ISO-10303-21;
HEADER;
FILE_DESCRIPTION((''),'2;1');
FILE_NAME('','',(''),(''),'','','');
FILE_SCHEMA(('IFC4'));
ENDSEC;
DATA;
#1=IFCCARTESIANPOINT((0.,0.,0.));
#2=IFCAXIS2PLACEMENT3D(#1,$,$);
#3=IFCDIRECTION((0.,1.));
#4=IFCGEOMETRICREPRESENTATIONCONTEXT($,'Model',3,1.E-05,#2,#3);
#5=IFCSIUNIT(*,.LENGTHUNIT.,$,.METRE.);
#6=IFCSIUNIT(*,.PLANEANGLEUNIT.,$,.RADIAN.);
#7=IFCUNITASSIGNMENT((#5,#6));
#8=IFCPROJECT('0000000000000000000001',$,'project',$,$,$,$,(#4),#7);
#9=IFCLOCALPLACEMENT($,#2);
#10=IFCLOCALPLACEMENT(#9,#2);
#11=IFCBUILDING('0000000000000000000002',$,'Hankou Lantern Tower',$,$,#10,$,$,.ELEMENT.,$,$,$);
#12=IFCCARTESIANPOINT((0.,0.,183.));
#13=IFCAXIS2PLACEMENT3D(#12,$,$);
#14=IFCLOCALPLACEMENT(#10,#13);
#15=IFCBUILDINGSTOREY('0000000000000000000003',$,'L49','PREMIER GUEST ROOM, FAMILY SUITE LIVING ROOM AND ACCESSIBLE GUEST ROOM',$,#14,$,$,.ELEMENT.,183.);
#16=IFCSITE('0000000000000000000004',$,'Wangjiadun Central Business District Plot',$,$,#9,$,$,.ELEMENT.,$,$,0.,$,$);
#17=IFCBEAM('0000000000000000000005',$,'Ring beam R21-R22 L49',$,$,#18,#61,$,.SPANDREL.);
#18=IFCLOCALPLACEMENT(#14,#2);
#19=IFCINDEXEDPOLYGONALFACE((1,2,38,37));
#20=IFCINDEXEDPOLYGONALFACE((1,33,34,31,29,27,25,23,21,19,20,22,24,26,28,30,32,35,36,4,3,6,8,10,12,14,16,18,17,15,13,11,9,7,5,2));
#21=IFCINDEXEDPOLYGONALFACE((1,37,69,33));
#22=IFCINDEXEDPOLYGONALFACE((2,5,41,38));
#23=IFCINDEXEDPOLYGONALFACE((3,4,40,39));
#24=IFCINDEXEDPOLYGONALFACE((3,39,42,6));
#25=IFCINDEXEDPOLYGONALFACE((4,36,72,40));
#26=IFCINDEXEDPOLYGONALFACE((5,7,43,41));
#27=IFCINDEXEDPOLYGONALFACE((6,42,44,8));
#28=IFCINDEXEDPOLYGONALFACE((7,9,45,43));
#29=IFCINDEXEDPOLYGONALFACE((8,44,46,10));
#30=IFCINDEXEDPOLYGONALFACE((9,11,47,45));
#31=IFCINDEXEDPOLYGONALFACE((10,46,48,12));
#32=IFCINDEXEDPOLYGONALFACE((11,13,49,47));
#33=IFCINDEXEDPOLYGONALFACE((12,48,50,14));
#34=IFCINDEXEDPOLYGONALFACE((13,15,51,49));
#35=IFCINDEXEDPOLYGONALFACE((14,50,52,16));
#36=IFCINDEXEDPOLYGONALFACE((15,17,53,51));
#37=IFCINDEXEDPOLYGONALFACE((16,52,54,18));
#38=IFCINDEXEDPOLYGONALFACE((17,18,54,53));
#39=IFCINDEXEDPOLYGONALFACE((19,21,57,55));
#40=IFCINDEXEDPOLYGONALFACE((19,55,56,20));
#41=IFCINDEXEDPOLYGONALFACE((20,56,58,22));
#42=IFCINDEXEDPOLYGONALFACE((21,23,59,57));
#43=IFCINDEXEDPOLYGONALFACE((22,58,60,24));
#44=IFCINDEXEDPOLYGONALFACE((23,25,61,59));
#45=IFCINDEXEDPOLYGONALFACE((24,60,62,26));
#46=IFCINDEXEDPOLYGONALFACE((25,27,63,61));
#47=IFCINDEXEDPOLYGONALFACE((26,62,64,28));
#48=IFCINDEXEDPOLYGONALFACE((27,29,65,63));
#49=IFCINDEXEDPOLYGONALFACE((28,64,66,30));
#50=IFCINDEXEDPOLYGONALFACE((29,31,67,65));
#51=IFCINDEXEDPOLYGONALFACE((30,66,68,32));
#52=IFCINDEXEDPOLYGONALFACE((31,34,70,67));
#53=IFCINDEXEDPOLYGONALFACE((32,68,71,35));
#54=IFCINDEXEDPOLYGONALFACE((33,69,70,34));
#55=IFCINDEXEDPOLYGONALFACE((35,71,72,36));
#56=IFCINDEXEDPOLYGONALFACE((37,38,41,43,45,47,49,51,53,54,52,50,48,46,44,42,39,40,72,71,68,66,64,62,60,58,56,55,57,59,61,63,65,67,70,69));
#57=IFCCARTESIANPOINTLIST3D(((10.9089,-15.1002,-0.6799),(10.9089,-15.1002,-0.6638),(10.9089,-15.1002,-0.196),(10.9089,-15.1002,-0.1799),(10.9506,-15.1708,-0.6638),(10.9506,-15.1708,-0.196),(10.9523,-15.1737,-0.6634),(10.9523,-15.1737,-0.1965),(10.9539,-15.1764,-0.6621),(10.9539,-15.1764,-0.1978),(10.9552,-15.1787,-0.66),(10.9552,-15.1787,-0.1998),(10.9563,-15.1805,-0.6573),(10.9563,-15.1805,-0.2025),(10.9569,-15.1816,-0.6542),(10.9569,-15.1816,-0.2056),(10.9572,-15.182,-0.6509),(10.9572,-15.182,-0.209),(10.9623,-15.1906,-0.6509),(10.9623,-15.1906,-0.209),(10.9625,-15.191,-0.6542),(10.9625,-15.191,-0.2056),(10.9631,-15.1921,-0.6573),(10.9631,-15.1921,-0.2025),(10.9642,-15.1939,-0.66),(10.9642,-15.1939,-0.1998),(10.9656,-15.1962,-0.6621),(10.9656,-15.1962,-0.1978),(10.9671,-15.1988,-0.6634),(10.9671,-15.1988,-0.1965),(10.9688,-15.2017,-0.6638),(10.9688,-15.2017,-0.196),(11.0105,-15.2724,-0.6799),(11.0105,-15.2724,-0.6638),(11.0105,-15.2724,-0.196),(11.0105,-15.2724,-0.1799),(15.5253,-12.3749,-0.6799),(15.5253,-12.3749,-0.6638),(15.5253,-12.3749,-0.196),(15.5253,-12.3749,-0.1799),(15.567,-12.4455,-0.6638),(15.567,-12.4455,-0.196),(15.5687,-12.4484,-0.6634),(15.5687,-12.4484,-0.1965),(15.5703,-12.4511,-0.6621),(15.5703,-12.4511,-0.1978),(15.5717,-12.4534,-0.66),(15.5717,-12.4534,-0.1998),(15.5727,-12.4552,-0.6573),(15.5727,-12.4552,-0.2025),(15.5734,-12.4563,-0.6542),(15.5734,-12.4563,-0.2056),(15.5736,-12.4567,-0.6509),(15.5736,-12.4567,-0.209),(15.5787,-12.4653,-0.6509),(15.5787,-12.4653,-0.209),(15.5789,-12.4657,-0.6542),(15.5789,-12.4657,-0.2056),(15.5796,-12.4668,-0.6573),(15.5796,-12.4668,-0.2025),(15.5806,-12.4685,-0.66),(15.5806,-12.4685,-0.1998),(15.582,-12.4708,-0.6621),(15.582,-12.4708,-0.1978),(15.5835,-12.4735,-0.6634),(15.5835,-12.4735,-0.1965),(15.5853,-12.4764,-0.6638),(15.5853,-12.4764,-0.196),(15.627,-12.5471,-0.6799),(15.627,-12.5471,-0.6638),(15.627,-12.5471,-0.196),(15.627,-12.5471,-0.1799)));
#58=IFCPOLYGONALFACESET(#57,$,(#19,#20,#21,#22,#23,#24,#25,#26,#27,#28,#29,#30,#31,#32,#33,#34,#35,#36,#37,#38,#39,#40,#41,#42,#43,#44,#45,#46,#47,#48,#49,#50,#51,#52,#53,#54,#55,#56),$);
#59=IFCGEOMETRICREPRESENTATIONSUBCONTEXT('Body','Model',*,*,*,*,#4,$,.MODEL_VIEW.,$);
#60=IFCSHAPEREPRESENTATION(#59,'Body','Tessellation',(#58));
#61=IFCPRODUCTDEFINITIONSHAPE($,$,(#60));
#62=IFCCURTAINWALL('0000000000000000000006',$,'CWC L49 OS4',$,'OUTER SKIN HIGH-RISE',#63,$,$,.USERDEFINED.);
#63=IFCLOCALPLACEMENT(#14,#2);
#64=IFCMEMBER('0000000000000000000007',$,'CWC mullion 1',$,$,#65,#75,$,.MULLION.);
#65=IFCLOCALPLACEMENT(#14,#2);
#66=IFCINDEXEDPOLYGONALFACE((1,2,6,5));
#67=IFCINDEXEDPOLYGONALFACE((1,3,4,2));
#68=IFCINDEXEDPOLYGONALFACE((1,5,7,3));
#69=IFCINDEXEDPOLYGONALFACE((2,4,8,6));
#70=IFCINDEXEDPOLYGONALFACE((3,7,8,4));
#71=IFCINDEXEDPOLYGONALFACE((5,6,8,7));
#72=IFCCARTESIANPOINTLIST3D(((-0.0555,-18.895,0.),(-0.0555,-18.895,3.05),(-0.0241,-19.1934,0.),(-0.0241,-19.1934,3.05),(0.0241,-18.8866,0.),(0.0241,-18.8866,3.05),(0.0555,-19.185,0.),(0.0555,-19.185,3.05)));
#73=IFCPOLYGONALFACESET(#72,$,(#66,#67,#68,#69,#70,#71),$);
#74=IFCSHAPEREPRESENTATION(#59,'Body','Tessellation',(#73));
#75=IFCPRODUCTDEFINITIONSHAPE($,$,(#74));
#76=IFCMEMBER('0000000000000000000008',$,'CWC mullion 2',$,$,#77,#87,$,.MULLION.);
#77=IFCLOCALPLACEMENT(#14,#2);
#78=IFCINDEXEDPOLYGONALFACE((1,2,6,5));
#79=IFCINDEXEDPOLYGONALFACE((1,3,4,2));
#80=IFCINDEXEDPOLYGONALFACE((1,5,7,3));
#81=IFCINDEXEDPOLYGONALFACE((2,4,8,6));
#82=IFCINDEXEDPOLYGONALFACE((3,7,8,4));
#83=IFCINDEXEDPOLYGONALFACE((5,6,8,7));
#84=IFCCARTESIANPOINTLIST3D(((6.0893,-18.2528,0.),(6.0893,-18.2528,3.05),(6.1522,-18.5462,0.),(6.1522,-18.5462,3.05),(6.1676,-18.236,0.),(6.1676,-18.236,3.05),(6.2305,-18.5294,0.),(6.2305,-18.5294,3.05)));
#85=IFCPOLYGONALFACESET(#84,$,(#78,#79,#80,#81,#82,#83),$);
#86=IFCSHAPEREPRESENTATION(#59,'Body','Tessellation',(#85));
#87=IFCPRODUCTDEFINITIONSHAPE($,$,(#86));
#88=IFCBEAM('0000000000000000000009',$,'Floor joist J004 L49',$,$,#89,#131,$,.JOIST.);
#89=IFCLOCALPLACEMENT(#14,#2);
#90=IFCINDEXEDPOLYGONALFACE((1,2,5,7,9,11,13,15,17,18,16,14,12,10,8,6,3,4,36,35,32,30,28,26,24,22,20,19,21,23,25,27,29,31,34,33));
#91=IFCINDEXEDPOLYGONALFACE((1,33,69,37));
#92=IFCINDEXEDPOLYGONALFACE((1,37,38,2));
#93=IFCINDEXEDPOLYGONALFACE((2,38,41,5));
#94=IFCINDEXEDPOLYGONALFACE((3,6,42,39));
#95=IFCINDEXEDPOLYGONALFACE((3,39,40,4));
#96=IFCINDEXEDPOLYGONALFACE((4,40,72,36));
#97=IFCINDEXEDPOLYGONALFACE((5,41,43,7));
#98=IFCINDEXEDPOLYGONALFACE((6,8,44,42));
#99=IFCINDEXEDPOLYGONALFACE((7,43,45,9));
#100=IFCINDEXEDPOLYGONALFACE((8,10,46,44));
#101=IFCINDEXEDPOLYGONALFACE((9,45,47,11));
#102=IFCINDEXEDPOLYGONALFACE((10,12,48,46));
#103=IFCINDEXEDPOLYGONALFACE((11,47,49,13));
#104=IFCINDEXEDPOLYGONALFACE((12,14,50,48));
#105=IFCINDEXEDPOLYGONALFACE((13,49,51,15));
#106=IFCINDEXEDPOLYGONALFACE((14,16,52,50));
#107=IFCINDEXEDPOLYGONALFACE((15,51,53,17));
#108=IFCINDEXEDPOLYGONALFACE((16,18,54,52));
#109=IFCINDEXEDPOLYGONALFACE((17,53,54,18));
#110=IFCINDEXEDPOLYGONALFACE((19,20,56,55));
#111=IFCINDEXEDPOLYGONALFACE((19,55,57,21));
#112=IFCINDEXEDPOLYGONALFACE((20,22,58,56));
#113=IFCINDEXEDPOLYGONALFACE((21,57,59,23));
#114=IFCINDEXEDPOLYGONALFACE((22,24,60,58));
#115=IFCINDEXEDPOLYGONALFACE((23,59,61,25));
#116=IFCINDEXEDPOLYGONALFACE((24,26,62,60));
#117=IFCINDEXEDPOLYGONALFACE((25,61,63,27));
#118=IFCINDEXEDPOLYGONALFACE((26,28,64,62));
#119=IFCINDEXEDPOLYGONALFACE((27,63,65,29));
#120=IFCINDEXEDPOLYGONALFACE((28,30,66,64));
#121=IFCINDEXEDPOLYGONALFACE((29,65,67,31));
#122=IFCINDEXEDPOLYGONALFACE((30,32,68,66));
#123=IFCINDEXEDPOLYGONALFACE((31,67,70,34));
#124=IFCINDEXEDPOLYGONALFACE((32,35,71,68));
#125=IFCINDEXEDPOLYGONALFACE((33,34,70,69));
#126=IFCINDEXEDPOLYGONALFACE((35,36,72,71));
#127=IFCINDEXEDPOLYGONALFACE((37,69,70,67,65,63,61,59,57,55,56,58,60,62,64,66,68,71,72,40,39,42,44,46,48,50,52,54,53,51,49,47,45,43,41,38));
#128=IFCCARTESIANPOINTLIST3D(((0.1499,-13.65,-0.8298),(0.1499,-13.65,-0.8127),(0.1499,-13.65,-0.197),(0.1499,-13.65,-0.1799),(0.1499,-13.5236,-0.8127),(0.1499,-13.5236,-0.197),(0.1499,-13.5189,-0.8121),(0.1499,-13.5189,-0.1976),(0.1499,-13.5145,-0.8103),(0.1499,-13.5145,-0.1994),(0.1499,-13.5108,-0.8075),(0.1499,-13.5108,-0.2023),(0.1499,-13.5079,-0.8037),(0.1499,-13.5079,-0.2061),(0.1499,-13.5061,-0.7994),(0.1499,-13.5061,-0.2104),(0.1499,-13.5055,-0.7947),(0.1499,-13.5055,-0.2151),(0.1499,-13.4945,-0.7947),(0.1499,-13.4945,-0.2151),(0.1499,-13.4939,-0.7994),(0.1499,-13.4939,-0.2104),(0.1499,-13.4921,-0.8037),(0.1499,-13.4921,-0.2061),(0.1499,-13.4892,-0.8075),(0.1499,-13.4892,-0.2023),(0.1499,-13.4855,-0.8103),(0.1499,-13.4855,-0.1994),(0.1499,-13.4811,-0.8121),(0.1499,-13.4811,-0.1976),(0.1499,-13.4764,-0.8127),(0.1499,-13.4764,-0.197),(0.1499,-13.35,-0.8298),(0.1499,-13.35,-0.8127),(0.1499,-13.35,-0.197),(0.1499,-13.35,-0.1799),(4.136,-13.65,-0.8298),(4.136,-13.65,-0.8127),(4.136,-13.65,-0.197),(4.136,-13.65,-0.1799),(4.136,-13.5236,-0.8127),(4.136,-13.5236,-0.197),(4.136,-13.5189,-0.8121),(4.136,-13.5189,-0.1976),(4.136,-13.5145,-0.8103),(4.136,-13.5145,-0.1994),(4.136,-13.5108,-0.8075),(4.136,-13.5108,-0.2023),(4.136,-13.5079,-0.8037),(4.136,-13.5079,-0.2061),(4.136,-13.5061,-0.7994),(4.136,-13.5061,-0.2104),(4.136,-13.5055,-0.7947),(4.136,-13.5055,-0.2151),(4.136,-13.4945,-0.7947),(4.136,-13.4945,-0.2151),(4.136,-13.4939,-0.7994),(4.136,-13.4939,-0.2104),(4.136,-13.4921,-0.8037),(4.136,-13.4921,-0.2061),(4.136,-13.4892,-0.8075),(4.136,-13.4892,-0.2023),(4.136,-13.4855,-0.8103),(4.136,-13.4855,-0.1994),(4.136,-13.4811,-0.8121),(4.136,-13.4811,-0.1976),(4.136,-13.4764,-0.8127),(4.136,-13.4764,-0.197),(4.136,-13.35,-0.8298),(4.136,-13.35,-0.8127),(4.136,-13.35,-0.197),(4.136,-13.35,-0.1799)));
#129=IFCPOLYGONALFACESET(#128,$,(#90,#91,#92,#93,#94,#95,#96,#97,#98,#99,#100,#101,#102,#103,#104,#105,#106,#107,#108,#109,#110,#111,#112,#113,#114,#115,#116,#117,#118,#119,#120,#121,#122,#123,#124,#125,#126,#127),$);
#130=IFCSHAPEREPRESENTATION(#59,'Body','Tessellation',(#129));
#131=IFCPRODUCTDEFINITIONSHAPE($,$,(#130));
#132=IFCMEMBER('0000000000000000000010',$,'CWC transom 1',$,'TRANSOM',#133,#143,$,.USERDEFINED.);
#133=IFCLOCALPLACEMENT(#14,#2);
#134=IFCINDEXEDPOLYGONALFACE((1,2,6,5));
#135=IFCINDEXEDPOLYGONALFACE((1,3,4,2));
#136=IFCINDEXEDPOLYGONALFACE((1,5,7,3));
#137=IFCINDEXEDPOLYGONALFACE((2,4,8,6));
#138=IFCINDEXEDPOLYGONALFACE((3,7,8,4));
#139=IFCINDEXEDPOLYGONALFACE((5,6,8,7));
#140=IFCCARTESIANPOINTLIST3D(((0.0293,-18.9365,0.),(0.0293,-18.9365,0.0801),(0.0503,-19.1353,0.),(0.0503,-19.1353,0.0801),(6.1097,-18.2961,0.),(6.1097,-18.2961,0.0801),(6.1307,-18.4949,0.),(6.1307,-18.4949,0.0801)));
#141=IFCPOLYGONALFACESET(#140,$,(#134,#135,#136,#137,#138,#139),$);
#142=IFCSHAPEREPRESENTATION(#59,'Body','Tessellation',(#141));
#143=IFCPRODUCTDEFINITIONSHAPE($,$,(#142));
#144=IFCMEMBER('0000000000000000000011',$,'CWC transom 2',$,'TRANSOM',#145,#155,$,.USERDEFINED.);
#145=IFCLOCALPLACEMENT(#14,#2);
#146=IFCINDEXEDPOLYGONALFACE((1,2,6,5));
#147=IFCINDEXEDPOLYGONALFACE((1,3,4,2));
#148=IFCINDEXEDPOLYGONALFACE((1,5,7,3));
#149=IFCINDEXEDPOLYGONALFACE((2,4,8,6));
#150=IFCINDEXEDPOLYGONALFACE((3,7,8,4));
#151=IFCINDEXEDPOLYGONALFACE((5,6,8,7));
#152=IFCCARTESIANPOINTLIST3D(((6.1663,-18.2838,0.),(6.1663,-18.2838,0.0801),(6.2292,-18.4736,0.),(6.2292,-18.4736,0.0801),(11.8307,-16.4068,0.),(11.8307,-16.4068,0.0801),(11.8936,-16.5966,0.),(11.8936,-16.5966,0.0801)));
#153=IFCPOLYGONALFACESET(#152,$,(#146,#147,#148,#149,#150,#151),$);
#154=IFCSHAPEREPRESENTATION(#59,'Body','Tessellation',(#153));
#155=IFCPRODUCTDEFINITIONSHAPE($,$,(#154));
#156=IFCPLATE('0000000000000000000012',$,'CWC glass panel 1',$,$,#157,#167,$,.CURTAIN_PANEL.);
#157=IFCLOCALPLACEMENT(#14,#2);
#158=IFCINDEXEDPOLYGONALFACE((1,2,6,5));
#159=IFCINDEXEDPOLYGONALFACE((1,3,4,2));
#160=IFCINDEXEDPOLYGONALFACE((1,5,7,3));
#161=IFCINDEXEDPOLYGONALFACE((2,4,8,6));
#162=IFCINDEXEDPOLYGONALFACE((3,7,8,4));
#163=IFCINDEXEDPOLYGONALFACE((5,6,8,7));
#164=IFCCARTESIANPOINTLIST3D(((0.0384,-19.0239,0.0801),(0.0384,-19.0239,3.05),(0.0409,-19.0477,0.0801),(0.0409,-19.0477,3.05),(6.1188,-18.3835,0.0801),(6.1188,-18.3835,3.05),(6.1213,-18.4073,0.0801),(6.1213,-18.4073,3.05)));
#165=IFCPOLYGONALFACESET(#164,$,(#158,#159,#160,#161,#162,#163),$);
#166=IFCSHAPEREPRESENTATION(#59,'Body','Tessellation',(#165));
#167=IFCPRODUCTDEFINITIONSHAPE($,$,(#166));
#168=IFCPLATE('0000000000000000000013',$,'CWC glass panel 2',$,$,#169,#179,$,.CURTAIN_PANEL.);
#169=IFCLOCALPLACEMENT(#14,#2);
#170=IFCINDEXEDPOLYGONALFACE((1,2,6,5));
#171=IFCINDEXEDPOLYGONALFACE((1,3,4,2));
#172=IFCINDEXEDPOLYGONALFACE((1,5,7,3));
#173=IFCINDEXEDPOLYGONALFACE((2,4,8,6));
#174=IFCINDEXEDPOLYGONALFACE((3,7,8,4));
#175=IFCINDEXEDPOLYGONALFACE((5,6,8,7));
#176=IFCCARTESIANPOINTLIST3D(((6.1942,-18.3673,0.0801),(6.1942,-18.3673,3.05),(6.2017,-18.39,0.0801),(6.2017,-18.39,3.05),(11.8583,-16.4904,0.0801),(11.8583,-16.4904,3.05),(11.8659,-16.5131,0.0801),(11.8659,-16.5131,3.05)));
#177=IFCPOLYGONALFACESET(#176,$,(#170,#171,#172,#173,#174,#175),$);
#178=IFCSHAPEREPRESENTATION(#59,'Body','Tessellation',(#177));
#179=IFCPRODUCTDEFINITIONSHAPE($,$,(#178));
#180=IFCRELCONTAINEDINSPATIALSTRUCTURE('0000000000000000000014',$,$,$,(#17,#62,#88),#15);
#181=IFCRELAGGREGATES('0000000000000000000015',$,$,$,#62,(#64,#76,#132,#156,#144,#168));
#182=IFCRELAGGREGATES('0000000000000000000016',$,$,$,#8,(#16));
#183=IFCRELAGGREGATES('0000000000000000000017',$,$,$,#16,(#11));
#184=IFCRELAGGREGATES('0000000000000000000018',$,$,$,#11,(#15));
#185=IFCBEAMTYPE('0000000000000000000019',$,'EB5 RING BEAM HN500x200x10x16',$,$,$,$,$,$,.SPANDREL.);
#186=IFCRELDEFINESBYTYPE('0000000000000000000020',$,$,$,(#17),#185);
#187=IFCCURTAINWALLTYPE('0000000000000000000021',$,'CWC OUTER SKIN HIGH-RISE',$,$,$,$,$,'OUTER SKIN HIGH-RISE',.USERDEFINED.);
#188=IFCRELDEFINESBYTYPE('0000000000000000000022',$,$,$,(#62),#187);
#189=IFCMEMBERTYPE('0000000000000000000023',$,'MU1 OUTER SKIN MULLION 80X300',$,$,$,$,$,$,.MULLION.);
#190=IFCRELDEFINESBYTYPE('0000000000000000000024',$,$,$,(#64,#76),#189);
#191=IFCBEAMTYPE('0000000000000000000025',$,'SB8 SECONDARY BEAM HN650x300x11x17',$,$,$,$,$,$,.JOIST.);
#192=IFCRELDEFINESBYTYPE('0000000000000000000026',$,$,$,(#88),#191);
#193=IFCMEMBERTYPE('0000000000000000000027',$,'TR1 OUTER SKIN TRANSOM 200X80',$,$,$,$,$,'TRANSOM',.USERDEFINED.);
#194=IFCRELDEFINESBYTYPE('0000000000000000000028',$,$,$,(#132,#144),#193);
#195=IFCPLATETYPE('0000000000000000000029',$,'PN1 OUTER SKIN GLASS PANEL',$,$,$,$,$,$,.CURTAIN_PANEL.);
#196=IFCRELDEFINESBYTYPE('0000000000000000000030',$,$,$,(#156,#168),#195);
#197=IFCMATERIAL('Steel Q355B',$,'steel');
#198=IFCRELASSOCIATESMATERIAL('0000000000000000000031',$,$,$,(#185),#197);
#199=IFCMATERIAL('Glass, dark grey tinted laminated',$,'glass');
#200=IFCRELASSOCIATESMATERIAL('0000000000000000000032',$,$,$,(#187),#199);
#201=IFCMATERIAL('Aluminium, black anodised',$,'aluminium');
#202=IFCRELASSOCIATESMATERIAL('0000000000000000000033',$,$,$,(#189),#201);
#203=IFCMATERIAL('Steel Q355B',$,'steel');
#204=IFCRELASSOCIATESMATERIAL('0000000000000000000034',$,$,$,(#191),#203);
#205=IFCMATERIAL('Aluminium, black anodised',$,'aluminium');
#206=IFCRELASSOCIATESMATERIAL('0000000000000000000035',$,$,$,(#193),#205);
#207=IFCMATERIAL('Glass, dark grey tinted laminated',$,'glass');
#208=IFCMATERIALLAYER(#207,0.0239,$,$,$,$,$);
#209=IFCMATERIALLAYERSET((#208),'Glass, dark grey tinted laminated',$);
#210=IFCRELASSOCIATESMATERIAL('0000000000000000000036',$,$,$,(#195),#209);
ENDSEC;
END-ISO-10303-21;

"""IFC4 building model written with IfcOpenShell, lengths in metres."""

from ifc_helpers import new_model, si_unit, direction, frame, origin, origin_2d, place, context, subcontext, project, spatial, rectangle, i_section, extrude, material, layer, layer_set, material_profile, profile_set, type_object, element, aggregate, save


model = new_model("IFC4")

# Units and contexts
model_context = context("Model", 3, precision=1e-05, world=origin(), true_north=direction((0.0, 1.0)))
body_context = subcontext(model_context, "Body", "Model", "MODEL_VIEW")
ifc_project = project(units=[si_unit("LENGTHUNIT", "METRE"), si_unit("PLANEANGLEUNIT", "RADIAN")], contexts=[model_context])

# Site, building, storey
site_placement = place(None, origin())
site = spatial("IfcSite", under=ifc_project, at=site_placement, Name="Wangjiadun Central Business District Plot", CompositionType="ELEMENT", RefElevation=0.0)
building_placement = place(site_placement, origin())
building = spatial("IfcBuilding", under=site, at=building_placement, Name="Hankou Lantern Tower", CompositionType="ELEMENT")
storey_placement = place(building_placement, frame((0.0, 0.0, 183.0)))
storey = spatial("IfcBuildingStorey", under=building, at=storey_placement, Name="L49", Description="PREMIER GUEST ROOM, FAMILY SUITE LIVING ROOM AND ACCESSIBLE GUEST ROOM", CompositionType="ELEMENT", Elevation=183.0)

# Beam
ifc_material_1 = material(Name="Steel Q355B", Category="steel")
ifc_material_profile_1 = material_profile(ifc_material_1, i_section(OverallWidth=0.2, OverallDepth=0.5, WebThickness=0.01, FlangeThickness=0.0161, FilletRadius=0.0129, at=origin_2d()), Name="HN500x200x10x16")
ifc_profile_set_1 = profile_set([ifc_material_profile_1], Name="Steel Q355B")
beam_type_1 = type_object("IfcBeamType", Name="EB5 RING BEAM HN500x200x10x16", PredefinedType="SPANDREL", material=ifc_profile_set_1)
beam_1_placement = place(storey_placement, frame((10.9597, -15.1863, -0.4299), z_axis=(0.861136, 0.508375, 0.0), x_axis=(-0.508375, 0.861136, 0.0)))
element("IfcBeam", 1, at=beam_1_placement, inside=storey, type_object=beam_type_1, Name="Ring beam R21-R22 L49", PredefinedType="SPANDREL", context=body_context, shape_type="SweptSolid", body=[
    extrude(i_section(OverallWidth=0.2, OverallDepth=0.5, WebThickness=0.01, FlangeThickness=0.0161, FilletRadius=0.0129, at=origin_2d()), origin(), (0.0, 0.0, 1.0), 5.3608),
])

# Curtain wall, members
ifc_material_2 = material(Name="Glass, dark grey tinted laminated", Category="glass")
curtain_wall_type = type_object("IfcCurtainWallType", Name="CWC OUTER SKIN HIGH-RISE", ElementType="OUTER SKIN HIGH-RISE", PredefinedType="USERDEFINED", material=ifc_material_2)
curtain_wall_placement = place(storey_placement, origin())
curtain_wall = element("IfcCurtainWall", 2, at=curtain_wall_placement, inside=storey, type_object=curtain_wall_type, Name="CWC L49 OS4", ObjectType="OUTER SKIN HIGH-RISE", PredefinedType="USERDEFINED")
ifc_material_3 = material(Name="Aluminium, black anodised", Category="aluminium")
ifc_material_profile_2 = material_profile(ifc_material_3, rectangle(XDim=0.0801, YDim=0.3, at=origin_2d()), Name="MU1 80X300")
ifc_profile_set_2 = profile_set([ifc_material_profile_2], Name="Aluminium, black anodised")
member_type_1 = type_object("IfcMemberType", Name="MU1 OUTER SKIN MULLION 80X300", PredefinedType="MULLION", material=ifc_profile_set_2)
member_1_placement = place(storey_placement, frame((0.0, -19.04, 0.0), z_axis=(0.0, 0.0, 1.0), x_axis=(0.994499, 0.104743, 0.0)))
member_1 = element("IfcMember", 3, at=member_1_placement, type_object=member_type_1, Name="CWC mullion 1", PredefinedType="MULLION", context=body_context, shape_type="SweptSolid", body=[
    extrude(rectangle(XDim=0.0801, YDim=0.3, at=origin_2d()), origin(), (0.0, 0.0, 1.0), 3.05),
])
member_2_placement = place(storey_placement, frame((6.1599, -18.3911, 0.0), z_axis=(0.0, 0.0, 1.0), x_axis=(0.977788, 0.209598, 0.0)))
member_2 = element("IfcMember", 4, at=member_2_placement, type_object=member_type_1, Name="CWC mullion 2", PredefinedType="MULLION", context=body_context, shape_type="SweptSolid", body=[
    extrude(rectangle(XDim=0.0801, YDim=0.3, at=origin_2d()), origin(), (0.0, 0.0, 1.0), 3.05),
])

# Beam
ifc_material_4 = material(Name="Steel Q355B", Category="steel")
ifc_material_profile_3 = material_profile(ifc_material_4, i_section(OverallWidth=0.3, OverallDepth=0.6499, WebThickness=0.011, FlangeThickness=0.0171, FilletRadius=0.0181, at=origin_2d()), Name="HN650x300x11x17")
ifc_profile_set_3 = profile_set([ifc_material_profile_3], Name="Steel Q355B")
beam_type_2 = type_object("IfcBeamType", Name="SB8 SECONDARY BEAM HN650x300x11x17", PredefinedType="JOIST", material=ifc_profile_set_3)
beam_2_placement = place(storey_placement, frame((0.1499, -13.5, -0.5049), z_axis=(1.0, 0.0, 0.0), x_axis=(0.0, 1.0, 0.0)))
element("IfcBeam", 5, at=beam_2_placement, inside=storey, type_object=beam_type_2, Name="Floor joist J004 L49", PredefinedType="JOIST", context=body_context, shape_type="SweptSolid", body=[
    extrude(i_section(OverallWidth=0.3, OverallDepth=0.6499, WebThickness=0.011, FlangeThickness=0.0171, FilletRadius=0.0181, at=origin_2d()), origin(), (0.0, 0.0, 1.0), 3.9861),
])

# Members
ifc_material_5 = material(Name="Aluminium, black anodised", Category="aluminium")
ifc_material_profile_4 = material_profile(ifc_material_5, rectangle(XDim=0.2, YDim=0.0801, at=origin_2d()), Name="TR1 200X80")
ifc_profile_set_4 = profile_set([ifc_material_profile_4], Name="Aluminium, black anodised")
member_type_2 = type_object("IfcMemberType", Name="TR1 OUTER SKIN TRANSOM 200X80", ElementType="TRANSOM", PredefinedType="USERDEFINED", material=ifc_profile_set_4)
member_3_placement = place(storey_placement, frame((0.0398, -19.0359, 0.04), z_axis=(0.9945, 0.104741, 0.0), x_axis=(-0.104741, 0.9945, 0.0)))
member_3 = element("IfcMember", 6, at=member_3_placement, type_object=member_type_2, Name="CWC transom 1", ObjectType="TRANSOM", PredefinedType="USERDEFINED", context=body_context, shape_type="SweptSolid", body=[
    extrude(rectangle(XDim=0.2, YDim=0.0801, at=origin_2d()), origin(), (0.0, 0.0, 1.0), 6.114),
])
member_4_placement = place(storey_placement, frame((6.1978, -18.3787, 0.04), z_axis=(0.949242, 0.314546, 0.0), x_axis=(-0.314546, 0.949242, 0.0)))
member_4 = element("IfcMember", 7, at=member_4_placement, type_object=member_type_2, Name="CWC transom 2", ObjectType="TRANSOM", PredefinedType="USERDEFINED", context=body_context, shape_type="SweptSolid", body=[
    extrude(rectangle(XDim=0.2, YDim=0.0801, at=origin_2d()), origin(), (0.0, 0.0, 1.0), 5.9673),
])

# Plates
ifc_material_6 = material(Name="Glass, dark grey tinted laminated", Category="glass")
ifc_layer_1 = layer(ifc_material_6, 0.0239)
ifc_layer_set_1 = layer_set([ifc_layer_1], Name="Glass, dark grey tinted laminated")
plate_type = type_object("IfcPlateType", Name="PN1 OUTER SKIN GLASS PANEL", PredefinedType="CURTAIN_PANEL", material=ifc_layer_set_1)
plate_1_placement = place(storey_placement, frame((3.0798, -18.7156, 0.0801), z_axis=(0.0, 0.0, 1.0), x_axis=(0.994499, 0.104743, 0.0)))
plate_1 = element("IfcPlate", 8, at=plate_1_placement, type_object=plate_type, Name="CWC glass panel 1", PredefinedType="CURTAIN_PANEL", context=body_context, shape_type="SweptSolid", body=[
    extrude(rectangle(XDim=6.114, YDim=0.0239, at=origin_2d()), origin(), (0.0, 0.0, 1.0), 2.97),
])
plate_2_placement = place(storey_placement, frame((9.03, -17.4402, 0.0801), z_axis=(0.0, 0.0, 1.0), x_axis=(0.949241, 0.314551, 0.0)))
plate_2 = element("IfcPlate", 9, at=plate_2_placement, type_object=plate_type, Name="CWC glass panel 2", PredefinedType="CURTAIN_PANEL", context=body_context, shape_type="SweptSolid", body=[
    extrude(rectangle(XDim=5.967, YDim=0.0239, at=origin_2d()), origin(), (0.0, 0.0, 1.0), 2.97),
])
aggregate(curtain_wall, [member_1, member_2, member_3, plate_1, member_4, plate_2])

save(model, "model.ifc")
